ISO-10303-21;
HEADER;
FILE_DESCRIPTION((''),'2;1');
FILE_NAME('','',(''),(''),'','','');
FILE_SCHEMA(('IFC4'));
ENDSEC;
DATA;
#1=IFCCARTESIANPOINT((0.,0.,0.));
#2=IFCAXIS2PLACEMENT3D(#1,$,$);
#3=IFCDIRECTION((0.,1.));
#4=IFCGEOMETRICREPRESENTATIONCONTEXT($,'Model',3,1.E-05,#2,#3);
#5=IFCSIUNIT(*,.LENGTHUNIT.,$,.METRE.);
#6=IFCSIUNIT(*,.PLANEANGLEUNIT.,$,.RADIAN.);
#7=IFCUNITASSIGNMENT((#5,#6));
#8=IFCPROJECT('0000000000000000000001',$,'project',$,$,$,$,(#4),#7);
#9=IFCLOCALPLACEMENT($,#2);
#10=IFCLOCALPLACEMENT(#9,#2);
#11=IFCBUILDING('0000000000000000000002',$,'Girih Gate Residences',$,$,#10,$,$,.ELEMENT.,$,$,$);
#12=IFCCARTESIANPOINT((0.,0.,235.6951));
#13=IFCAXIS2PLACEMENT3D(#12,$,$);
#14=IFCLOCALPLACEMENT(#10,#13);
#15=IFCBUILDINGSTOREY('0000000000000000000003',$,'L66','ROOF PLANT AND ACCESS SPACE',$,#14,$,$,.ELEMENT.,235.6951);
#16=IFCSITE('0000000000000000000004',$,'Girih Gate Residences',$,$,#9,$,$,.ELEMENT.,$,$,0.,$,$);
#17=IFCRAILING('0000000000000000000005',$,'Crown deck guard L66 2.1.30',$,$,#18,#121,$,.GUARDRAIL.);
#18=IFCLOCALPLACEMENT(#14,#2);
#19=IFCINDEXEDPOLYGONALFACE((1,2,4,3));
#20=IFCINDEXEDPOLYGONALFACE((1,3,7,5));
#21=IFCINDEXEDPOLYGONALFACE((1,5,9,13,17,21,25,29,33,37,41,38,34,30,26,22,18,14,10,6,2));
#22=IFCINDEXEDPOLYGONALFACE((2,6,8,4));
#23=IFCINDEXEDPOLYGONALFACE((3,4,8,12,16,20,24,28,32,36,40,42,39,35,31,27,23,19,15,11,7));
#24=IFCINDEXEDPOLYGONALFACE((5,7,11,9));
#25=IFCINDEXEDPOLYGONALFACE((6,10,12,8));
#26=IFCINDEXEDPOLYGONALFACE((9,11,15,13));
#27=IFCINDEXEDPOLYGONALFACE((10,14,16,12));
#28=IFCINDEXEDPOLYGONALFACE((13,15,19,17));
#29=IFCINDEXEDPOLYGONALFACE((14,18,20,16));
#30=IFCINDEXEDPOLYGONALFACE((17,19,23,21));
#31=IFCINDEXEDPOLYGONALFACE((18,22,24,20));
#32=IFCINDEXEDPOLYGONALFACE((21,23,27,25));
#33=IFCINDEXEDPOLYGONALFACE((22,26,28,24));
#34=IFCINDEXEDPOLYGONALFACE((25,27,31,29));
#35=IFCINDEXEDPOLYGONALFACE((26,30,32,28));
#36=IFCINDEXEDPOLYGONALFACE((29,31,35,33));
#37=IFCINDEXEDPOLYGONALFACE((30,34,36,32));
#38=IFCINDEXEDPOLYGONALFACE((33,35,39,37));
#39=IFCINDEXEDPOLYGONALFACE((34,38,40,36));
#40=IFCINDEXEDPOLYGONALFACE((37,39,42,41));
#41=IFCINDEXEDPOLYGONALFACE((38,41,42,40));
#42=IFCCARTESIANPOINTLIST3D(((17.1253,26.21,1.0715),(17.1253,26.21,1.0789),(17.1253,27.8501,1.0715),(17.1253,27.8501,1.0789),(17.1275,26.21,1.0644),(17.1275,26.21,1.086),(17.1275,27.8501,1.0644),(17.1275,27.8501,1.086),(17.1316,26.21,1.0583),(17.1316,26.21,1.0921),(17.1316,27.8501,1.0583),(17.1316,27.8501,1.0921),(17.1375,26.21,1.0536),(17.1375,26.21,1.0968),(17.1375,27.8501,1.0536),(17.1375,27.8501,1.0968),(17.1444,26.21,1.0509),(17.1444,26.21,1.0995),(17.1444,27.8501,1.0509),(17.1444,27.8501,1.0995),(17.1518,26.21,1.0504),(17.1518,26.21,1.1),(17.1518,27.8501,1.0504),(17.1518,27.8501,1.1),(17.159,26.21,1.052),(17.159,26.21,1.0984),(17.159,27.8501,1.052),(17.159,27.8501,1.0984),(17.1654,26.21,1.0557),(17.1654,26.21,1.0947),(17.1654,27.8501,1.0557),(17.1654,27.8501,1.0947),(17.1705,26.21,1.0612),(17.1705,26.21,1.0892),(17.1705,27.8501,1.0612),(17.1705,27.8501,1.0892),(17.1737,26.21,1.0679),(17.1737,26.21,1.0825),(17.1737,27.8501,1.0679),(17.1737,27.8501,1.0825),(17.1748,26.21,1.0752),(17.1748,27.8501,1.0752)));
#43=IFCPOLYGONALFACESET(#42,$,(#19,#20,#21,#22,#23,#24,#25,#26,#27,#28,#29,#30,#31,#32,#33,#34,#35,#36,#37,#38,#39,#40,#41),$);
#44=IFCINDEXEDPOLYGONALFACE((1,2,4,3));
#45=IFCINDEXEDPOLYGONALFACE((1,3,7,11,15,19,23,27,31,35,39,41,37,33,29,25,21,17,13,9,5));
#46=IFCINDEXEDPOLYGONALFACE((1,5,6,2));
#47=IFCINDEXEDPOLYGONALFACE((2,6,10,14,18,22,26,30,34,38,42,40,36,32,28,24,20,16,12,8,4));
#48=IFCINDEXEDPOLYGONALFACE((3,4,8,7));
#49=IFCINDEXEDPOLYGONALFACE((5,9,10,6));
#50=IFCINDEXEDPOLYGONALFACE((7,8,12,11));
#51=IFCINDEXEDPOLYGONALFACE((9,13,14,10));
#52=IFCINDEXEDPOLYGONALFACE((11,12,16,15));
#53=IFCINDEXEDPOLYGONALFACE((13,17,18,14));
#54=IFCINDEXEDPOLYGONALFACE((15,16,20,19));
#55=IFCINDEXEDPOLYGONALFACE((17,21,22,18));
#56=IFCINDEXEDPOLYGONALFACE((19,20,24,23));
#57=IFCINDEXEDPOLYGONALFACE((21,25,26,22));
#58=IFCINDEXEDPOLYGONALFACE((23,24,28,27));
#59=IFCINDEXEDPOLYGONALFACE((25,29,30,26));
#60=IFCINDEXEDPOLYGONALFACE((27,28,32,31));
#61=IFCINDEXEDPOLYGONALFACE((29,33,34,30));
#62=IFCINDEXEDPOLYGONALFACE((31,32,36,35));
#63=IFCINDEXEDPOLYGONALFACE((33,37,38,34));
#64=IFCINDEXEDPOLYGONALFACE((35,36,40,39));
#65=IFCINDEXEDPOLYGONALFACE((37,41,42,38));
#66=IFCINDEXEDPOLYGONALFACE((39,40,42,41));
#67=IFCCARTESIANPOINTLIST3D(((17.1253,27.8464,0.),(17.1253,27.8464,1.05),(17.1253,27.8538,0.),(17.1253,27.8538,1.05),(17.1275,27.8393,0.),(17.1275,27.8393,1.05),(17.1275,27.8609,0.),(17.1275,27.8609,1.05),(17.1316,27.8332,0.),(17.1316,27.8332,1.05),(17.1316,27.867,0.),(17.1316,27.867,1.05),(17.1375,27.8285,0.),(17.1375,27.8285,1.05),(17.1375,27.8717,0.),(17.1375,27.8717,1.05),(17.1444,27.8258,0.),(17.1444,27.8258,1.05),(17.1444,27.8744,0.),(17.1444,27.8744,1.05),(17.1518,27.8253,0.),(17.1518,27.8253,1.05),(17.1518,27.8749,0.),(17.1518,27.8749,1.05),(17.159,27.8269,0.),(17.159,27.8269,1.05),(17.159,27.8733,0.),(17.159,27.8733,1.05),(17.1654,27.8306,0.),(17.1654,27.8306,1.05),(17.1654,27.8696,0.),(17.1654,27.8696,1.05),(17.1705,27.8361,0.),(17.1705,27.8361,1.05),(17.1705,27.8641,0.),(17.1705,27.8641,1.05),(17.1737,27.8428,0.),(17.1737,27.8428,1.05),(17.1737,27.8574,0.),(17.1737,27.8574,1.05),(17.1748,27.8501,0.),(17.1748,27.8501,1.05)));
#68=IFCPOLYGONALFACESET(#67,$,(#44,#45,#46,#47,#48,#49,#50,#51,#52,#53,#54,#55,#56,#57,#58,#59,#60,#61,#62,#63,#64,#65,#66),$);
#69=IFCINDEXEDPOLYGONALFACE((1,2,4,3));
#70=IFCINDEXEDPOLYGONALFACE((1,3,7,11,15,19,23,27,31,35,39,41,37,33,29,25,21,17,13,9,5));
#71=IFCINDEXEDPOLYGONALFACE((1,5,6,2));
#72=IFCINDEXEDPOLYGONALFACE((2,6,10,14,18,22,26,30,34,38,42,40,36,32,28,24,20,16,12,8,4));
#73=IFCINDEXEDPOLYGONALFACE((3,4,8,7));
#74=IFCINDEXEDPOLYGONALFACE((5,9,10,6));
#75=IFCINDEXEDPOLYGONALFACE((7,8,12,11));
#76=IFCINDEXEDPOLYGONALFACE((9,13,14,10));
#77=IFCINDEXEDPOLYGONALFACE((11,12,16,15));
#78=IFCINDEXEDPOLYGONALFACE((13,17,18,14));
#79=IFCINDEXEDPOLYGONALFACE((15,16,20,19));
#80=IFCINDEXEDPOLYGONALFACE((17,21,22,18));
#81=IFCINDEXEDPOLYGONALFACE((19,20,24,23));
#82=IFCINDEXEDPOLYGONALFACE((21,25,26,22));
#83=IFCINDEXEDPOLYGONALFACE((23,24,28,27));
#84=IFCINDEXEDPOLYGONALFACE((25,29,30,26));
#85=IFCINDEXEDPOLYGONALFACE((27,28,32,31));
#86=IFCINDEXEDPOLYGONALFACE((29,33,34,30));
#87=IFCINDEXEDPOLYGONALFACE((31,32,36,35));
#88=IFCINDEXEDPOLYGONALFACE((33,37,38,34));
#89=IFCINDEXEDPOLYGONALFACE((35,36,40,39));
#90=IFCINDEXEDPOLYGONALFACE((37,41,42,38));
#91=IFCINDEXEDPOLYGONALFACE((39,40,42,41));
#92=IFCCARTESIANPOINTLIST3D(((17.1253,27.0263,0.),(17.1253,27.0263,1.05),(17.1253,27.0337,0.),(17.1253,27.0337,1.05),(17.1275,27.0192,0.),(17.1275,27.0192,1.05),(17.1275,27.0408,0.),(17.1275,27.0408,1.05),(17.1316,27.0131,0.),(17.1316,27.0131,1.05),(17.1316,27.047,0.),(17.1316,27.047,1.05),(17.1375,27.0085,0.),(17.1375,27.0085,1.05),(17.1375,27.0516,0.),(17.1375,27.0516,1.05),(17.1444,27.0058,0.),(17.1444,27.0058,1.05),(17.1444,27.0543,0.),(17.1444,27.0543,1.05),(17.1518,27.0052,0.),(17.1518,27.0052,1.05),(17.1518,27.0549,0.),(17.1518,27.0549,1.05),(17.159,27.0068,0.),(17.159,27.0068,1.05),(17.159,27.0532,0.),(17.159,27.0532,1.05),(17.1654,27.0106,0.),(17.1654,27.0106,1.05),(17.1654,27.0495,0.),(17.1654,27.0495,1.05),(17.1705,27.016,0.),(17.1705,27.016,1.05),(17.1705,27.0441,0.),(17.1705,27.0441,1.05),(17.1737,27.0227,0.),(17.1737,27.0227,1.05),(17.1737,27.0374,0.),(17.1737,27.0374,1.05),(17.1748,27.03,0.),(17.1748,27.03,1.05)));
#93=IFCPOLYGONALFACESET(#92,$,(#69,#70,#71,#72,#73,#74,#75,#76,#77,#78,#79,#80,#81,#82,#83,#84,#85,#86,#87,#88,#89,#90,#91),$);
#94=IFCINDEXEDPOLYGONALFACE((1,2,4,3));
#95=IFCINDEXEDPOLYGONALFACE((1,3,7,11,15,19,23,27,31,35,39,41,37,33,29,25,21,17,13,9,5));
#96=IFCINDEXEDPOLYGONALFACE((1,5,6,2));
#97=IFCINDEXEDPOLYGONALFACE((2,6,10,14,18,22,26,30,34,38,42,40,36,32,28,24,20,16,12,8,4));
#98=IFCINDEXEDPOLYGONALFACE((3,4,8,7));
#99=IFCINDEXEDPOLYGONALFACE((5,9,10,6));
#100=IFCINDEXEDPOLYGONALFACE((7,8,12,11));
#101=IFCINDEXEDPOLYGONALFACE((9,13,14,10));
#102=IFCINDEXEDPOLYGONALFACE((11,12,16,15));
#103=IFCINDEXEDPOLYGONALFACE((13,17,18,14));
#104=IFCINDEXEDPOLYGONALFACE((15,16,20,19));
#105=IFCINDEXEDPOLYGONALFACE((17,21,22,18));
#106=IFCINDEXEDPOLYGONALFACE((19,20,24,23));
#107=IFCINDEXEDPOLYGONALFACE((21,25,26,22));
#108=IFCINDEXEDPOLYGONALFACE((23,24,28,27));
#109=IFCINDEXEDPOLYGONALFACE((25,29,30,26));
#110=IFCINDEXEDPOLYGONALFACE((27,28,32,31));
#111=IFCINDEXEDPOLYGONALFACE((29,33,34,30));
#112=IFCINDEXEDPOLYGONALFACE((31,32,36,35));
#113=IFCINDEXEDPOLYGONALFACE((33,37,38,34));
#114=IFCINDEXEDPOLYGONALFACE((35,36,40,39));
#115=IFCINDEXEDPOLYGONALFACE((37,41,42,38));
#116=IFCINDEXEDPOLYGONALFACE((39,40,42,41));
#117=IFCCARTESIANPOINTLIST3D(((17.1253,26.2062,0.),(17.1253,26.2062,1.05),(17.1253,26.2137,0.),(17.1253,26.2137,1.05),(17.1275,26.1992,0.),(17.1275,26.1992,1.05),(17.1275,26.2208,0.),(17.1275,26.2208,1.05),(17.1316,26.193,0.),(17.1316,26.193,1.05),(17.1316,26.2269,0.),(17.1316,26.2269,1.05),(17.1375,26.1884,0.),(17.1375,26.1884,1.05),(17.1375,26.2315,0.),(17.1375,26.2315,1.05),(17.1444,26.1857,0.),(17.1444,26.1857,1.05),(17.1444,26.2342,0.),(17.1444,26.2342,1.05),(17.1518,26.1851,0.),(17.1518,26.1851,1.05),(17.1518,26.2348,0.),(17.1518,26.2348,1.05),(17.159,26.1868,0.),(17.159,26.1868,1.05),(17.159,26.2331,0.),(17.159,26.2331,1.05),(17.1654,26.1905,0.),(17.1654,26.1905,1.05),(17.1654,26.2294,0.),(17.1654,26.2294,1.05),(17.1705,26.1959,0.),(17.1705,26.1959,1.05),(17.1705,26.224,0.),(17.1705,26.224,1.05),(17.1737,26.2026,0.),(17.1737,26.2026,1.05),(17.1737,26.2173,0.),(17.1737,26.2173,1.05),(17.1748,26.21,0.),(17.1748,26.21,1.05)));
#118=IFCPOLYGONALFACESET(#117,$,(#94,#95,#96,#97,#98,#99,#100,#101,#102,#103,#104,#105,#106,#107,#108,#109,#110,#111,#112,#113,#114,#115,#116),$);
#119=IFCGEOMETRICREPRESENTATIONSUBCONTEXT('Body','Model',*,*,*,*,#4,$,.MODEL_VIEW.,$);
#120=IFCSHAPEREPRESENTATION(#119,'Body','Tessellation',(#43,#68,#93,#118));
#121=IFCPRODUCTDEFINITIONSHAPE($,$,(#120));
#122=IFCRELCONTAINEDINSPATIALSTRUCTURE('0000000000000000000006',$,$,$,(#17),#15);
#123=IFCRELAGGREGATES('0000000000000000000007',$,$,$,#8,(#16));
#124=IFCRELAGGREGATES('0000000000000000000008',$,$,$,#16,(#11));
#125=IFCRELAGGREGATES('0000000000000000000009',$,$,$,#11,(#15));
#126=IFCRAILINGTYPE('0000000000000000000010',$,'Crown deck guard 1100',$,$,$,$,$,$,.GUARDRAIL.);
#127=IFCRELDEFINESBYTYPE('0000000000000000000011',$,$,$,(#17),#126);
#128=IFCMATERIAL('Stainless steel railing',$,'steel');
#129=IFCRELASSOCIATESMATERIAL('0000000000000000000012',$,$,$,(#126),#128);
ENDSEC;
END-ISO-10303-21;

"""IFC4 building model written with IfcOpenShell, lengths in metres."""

from ifc_helpers import new_model, si_unit, direction, frame, origin, origin_2d, place, context, subcontext, project, spatial, circle, extrude, material, type_object, element, save


model = new_model("IFC4")

# Units and contexts
model_context = context("Model", 3, precision=1e-05, world=origin(), true_north=direction((0.0, 1.0)))
body_context = subcontext(model_context, "Body", "Model", "MODEL_VIEW")
ifc_project = project(units=[si_unit("LENGTHUNIT", "METRE"), si_unit("PLANEANGLEUNIT", "RADIAN")], contexts=[model_context])

# Site, building, storey
site_placement = place(None, origin())
site = spatial("IfcSite", under=ifc_project, at=site_placement, Name="Girih Gate Residences", CompositionType="ELEMENT", RefElevation=0.0)
building_placement = place(site_placement, origin())
building = spatial("IfcBuilding", under=site, at=building_placement, Name="Girih Gate Residences", CompositionType="ELEMENT")
storey_placement = place(building_placement, frame((0.0, 0.0, 235.6951)))
storey = spatial("IfcBuildingStorey", under=building, at=storey_placement, Name="L66", Description="ROOF PLANT AND ACCESS SPACE", CompositionType="ELEMENT", Elevation=235.6951)

# Railing
ifc_material_1 = material(Name="Stainless steel railing", Category="steel")
railing_type = type_object("IfcRailingType", Name="Crown deck guard 1100", PredefinedType="GUARDRAIL", material=ifc_material_1)
railing_1_placement = place(storey_placement, frame((17.1499, 27.8501, 0.0)))
element("IfcRailing", 1, at=railing_1_placement, inside=storey, type_object=railing_type, Name="Crown deck guard L66 2.1.30", PredefinedType="GUARDRAIL", context=body_context, shape_type="SweptSolid", body=[
    extrude(circle(Radius=0.0249, at=origin_2d()), frame((0.0, 0.0, 1.0752), z_axis=(0.0, -1.0, 0.0), x_axis=(1.0, 0.0, 0.0)), (0.0, 0.0, 1.0), 1.6401),
    extrude(circle(Radius=0.0249, at=origin_2d()), origin(), (0.0, 0.0, 1.0), 1.05),
    extrude(circle(Radius=0.0249, at=origin_2d()), frame((0.0, -0.8201, 0.0)), (0.0, 0.0, 1.0), 1.05),
    extrude(circle(Radius=0.0249, at=origin_2d()), frame((0.0, -1.6401, 0.0)), (0.0, 0.0, 1.0), 1.05),
])

save(model, "model.ifc")
